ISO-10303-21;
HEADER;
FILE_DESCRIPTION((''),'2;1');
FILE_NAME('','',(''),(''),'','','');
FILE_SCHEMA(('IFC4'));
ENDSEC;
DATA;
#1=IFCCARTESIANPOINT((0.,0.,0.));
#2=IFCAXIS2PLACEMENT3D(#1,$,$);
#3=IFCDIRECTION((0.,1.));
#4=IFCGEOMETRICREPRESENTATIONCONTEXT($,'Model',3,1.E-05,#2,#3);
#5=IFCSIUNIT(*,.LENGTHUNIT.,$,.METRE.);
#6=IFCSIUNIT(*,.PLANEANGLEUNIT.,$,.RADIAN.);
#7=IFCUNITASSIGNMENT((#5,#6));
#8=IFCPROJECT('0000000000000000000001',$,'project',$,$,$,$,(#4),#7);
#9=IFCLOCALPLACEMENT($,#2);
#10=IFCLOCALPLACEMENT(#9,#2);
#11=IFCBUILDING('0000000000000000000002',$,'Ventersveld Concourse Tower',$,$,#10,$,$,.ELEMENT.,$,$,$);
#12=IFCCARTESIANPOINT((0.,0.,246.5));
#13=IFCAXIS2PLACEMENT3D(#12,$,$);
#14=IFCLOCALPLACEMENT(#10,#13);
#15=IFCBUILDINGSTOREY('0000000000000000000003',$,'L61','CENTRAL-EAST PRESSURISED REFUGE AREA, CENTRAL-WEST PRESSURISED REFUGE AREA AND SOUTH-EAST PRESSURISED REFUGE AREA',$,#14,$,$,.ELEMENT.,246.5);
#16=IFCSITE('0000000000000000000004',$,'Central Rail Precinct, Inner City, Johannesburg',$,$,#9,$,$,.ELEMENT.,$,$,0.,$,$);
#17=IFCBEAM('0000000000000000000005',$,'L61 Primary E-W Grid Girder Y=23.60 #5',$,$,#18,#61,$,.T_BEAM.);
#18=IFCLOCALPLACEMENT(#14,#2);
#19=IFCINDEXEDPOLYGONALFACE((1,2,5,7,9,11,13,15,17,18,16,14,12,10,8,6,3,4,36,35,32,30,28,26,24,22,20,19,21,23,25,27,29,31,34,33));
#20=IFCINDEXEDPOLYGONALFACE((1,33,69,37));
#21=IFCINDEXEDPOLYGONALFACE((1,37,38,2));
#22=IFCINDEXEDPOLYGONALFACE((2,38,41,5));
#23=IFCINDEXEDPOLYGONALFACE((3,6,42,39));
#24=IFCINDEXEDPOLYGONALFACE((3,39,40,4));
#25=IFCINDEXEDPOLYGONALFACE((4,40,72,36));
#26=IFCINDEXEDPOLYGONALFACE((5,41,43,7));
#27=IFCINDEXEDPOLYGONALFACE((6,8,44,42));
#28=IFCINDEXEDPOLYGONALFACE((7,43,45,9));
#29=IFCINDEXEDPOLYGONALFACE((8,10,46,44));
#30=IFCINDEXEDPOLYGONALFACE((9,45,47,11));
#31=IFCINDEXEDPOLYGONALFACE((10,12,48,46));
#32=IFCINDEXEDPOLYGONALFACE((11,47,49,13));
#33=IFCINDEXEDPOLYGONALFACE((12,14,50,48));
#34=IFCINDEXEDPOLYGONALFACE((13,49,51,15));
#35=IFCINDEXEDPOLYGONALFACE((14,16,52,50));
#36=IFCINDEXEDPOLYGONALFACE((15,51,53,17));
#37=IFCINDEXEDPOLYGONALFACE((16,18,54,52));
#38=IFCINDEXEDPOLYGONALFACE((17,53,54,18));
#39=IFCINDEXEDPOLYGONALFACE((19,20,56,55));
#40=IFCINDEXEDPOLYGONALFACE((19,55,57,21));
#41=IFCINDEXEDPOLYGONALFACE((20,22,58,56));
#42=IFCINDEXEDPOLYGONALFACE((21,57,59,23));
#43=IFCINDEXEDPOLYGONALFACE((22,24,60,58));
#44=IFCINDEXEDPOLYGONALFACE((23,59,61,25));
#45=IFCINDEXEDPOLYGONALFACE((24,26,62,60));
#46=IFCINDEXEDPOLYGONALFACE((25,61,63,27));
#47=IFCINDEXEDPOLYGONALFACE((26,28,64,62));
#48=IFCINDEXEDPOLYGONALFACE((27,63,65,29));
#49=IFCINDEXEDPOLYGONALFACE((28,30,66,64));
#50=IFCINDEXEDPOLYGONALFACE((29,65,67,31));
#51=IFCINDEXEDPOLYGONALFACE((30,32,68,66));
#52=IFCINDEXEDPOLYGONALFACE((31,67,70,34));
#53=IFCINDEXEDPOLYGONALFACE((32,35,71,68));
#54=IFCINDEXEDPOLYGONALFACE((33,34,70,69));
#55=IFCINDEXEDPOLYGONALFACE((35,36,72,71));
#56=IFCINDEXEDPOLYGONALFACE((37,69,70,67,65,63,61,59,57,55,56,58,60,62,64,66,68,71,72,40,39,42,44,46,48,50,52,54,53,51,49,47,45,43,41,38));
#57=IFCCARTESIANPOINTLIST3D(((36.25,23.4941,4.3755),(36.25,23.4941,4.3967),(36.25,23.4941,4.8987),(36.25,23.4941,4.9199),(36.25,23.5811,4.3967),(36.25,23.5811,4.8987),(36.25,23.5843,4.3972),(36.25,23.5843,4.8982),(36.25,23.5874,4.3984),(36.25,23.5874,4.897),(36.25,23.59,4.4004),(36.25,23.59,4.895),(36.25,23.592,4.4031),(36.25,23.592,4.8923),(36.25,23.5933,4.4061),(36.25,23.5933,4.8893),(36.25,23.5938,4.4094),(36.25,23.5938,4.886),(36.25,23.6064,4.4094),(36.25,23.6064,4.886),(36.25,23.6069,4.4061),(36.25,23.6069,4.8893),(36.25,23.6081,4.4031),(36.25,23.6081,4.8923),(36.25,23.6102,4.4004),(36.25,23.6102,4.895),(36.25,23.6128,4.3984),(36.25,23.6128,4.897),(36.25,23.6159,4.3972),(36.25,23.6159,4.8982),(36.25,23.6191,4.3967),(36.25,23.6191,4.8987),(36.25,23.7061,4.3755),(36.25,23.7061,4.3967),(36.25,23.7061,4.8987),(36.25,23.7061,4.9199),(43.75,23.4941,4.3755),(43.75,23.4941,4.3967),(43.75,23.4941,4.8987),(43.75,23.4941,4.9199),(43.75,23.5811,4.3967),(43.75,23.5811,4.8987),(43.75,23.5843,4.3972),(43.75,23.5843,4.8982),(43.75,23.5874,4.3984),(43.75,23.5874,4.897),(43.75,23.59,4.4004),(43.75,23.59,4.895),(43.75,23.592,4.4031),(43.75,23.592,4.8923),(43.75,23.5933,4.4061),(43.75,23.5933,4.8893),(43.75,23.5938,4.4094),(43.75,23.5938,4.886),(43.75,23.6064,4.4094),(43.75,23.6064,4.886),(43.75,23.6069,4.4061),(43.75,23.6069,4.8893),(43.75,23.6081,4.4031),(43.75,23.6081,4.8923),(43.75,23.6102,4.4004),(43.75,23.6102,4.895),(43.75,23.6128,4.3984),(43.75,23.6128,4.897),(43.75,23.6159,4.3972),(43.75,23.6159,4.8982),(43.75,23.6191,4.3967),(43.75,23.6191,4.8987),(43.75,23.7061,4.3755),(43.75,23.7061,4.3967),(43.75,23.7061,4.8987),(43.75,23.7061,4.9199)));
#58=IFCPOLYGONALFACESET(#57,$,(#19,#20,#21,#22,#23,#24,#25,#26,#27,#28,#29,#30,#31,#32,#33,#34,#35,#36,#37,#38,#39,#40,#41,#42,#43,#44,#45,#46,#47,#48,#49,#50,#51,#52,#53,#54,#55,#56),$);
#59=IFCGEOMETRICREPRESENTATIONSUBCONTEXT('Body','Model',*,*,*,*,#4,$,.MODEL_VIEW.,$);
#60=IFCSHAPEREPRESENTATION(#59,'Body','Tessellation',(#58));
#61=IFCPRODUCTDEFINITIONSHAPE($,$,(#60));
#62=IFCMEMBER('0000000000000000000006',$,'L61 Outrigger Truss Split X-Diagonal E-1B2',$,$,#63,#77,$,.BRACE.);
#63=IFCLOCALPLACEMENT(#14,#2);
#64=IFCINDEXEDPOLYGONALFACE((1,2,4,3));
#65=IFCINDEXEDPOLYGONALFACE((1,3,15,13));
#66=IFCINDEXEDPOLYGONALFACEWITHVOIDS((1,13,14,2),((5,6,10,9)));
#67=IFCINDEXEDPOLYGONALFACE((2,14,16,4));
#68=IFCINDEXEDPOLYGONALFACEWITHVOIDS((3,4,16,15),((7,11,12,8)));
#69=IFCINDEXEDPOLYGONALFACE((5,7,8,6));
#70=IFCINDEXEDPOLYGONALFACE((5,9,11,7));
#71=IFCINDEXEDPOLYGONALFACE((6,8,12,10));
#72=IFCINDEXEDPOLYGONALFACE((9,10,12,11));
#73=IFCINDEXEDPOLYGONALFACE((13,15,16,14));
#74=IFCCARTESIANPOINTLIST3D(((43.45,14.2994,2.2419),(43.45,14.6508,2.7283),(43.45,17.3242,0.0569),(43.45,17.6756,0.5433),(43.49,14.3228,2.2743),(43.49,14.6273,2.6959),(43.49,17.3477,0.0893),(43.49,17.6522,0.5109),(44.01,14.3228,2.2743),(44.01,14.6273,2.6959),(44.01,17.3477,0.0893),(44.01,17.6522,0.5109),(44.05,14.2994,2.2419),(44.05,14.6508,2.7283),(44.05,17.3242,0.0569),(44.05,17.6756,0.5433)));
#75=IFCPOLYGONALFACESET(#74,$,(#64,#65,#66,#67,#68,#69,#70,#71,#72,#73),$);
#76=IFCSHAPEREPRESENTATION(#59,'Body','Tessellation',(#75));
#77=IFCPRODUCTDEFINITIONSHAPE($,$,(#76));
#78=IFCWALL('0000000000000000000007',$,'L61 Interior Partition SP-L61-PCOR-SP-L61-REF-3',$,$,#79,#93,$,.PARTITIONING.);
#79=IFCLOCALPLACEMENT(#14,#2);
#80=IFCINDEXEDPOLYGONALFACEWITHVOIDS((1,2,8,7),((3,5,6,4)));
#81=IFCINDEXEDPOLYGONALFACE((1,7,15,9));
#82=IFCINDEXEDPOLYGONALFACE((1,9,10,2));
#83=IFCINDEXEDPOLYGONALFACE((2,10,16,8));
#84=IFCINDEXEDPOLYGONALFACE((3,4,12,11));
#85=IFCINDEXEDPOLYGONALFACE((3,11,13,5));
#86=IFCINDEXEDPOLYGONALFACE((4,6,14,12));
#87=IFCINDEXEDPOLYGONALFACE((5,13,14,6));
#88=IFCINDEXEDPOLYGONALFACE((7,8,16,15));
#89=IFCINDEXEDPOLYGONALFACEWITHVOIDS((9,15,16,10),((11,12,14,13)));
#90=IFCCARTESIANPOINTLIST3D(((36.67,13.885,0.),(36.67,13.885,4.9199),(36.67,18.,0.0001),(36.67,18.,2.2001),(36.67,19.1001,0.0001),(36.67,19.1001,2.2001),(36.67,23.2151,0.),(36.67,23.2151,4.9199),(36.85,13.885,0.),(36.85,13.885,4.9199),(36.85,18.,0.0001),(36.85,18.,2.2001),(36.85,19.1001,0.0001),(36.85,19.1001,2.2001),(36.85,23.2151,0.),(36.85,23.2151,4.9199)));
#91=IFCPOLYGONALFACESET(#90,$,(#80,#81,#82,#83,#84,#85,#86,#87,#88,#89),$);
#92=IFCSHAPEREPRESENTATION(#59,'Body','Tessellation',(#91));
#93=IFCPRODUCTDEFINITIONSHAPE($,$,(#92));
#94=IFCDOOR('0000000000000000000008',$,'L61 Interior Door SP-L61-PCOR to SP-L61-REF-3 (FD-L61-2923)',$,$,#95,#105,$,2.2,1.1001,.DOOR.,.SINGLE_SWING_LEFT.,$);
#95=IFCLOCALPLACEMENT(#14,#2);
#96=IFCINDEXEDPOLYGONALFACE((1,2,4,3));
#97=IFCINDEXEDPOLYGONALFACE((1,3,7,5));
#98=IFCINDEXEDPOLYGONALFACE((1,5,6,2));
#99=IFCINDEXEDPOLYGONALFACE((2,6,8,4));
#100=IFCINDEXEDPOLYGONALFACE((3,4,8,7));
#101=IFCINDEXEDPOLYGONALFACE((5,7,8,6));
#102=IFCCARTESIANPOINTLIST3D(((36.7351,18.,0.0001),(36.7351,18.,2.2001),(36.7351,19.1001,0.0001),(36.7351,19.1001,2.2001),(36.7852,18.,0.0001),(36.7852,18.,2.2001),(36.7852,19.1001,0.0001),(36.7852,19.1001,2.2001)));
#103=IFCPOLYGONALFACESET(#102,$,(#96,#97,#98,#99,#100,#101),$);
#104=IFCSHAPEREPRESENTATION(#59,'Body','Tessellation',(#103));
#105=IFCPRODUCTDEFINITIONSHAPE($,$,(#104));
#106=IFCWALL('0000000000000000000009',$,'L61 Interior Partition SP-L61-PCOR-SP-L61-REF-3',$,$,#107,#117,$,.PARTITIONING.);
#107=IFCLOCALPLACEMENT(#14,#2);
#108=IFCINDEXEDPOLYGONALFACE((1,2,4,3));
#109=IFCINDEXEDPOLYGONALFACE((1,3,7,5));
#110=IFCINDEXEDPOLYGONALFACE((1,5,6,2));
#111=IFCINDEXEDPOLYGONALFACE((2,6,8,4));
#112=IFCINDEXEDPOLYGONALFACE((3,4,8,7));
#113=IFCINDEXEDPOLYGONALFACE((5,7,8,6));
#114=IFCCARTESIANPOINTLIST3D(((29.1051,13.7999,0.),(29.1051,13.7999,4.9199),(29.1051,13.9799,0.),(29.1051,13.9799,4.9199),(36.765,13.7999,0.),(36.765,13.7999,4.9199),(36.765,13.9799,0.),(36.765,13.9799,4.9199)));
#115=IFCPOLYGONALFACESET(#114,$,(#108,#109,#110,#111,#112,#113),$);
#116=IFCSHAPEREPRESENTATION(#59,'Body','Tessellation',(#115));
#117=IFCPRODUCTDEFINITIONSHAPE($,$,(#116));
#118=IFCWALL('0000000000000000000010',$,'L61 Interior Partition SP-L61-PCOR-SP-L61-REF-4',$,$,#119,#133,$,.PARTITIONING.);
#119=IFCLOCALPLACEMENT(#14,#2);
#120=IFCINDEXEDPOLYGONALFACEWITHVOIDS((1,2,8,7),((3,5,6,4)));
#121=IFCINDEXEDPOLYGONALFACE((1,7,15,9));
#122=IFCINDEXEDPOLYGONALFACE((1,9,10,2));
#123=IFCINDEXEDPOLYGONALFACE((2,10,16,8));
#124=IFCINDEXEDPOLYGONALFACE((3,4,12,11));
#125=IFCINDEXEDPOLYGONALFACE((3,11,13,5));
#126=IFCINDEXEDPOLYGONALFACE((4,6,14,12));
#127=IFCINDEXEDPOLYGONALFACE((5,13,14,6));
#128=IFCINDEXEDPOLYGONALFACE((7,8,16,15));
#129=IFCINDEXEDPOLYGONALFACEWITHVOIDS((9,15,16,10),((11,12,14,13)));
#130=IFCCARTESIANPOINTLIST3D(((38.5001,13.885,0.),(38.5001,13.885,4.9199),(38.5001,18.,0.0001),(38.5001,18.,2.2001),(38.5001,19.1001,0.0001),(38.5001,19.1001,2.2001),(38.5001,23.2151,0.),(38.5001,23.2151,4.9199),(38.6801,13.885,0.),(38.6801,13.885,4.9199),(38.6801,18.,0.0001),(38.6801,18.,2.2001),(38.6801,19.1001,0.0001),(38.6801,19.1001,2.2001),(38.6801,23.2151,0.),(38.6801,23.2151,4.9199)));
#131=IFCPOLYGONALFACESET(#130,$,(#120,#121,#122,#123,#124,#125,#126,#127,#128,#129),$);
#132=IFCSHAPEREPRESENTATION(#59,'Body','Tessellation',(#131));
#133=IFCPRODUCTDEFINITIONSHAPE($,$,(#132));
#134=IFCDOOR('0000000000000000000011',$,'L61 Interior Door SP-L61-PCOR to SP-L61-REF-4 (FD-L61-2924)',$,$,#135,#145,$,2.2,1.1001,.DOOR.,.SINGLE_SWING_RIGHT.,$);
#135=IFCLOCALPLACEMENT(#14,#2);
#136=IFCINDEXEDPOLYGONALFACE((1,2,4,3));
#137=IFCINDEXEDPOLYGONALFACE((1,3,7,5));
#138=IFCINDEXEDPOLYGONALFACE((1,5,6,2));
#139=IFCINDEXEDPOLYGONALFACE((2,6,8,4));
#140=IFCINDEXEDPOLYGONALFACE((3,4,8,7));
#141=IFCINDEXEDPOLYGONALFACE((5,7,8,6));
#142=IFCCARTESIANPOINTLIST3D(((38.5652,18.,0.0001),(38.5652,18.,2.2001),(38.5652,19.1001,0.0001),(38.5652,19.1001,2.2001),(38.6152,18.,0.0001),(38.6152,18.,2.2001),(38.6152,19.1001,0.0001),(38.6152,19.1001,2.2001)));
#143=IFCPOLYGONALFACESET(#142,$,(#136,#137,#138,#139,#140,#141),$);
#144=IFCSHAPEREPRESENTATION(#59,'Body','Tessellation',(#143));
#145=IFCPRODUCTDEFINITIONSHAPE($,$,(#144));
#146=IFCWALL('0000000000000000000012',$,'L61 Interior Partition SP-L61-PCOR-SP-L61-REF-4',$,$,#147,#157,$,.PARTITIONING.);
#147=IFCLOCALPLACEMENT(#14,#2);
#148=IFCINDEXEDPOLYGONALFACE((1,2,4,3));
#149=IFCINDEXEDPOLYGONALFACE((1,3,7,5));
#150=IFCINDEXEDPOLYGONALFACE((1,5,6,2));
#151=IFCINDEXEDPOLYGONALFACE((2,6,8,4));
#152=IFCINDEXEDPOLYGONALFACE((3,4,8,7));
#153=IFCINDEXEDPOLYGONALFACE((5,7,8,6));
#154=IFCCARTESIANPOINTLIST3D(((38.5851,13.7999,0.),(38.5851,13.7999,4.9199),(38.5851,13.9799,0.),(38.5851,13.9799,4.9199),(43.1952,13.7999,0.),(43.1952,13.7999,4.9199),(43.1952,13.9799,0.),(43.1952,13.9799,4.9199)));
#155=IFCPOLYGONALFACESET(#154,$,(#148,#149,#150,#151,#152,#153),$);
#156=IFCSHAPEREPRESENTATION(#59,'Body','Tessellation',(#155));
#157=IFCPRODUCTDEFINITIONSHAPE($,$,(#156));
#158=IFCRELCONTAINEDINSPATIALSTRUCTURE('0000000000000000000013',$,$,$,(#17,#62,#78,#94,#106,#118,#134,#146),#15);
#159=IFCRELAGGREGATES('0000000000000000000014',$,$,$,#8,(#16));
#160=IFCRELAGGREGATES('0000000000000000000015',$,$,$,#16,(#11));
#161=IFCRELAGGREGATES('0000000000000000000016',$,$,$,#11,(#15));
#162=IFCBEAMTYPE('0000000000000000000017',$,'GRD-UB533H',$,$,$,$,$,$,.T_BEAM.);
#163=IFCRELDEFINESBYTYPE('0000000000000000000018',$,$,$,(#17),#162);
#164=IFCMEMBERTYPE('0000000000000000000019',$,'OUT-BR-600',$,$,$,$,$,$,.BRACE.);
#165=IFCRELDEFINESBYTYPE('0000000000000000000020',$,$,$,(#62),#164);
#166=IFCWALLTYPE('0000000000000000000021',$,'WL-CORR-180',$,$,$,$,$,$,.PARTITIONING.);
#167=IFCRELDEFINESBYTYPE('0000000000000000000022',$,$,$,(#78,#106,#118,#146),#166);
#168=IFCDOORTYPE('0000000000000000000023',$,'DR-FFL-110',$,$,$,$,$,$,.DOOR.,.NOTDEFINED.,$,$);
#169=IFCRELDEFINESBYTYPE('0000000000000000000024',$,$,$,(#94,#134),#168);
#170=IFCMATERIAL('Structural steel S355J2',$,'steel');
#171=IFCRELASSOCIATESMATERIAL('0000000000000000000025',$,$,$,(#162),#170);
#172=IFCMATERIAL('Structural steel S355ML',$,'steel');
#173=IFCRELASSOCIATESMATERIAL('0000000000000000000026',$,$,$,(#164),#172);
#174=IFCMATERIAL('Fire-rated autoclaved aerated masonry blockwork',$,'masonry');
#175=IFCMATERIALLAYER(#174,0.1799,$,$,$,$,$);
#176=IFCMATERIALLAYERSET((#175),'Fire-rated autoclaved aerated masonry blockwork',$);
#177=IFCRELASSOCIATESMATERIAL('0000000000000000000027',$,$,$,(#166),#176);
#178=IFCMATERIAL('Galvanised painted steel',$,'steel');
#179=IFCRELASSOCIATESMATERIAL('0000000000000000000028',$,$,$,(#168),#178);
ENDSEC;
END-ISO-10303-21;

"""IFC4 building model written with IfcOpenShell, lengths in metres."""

from ifc_helpers import new_model, si_unit, direction, frame, frame_2d, origin, origin_2d, place, context, subcontext, project, spatial, rectangle, hollow_rectangle, i_section, extrude, material, layer, layer_set, material_profile, profile_set, type_object, element, fill, save


model = new_model("IFC4")

# Units and contexts
model_context = context("Model", 3, precision=1e-05, world=origin(), true_north=direction((0.0, 1.0)))
body_context = subcontext(model_context, "Body", "Model", "MODEL_VIEW")
ifc_project = project(units=[si_unit("LENGTHUNIT", "METRE"), si_unit("PLANEANGLEUNIT", "RADIAN")], contexts=[model_context])

# Site, building, storey
site_placement = place(None, origin())
site = spatial("IfcSite", under=ifc_project, at=site_placement, Name="Central Rail Precinct, Inner City, Johannesburg", CompositionType="ELEMENT", RefElevation=0.0)
building_placement = place(site_placement, origin())
building = spatial("IfcBuilding", under=site, at=building_placement, Name="Ventersveld Concourse Tower", CompositionType="ELEMENT")
storey_placement = place(building_placement, frame((0.0, 0.0, 246.5)))
storey = spatial("IfcBuildingStorey", under=building, at=storey_placement, Name="L61", Description="CENTRAL-EAST PRESSURISED REFUGE AREA, CENTRAL-WEST PRESSURISED REFUGE AREA AND SOUTH-EAST PRESSURISED REFUGE AREA", CompositionType="ELEMENT", Elevation=246.5)

# Beam
ifc_material_1 = material(Name="Structural steel S355J2", Category="steel")
ifc_material_profile_1 = material_profile(ifc_material_1, i_section(OverallWidth=0.2119, OverallDepth=0.5444, WebThickness=0.0127, FlangeThickness=0.0212, FilletRadius=0.0127, at=origin_2d()), Name="UB 533x210x122")
ifc_profile_set_1 = profile_set([ifc_material_profile_1], Name="Structural steel S355J2")
beam_type_1 = type_object("IfcBeamType", Name="GRD-UB533H", PredefinedType="T_BEAM", material=ifc_profile_set_1)
for number, where, z_axis, x_axis, name in (
    (1, (36.25, 23.6001, 4.6477), (1.0, 0.0, 0.0), (0.0, 1.0, 0.0), "L61 Primary E-W Grid Girder Y=23.60 #5"),
):
    element("IfcBeam", number, at=place(storey_placement, frame(where, z_axis=z_axis, x_axis=x_axis)), inside=storey, type_object=beam_type_1, Name=name, PredefinedType="T_BEAM", context=body_context, shape_type="SweptSolid", body=[
        extrude(i_section(OverallWidth=0.2119, OverallDepth=0.5444, WebThickness=0.0127, FlangeThickness=0.0212, FilletRadius=0.0127, at=origin_2d()), origin(), (0.0, 0.0, 1.0), 7.5),
    ])

# Member
ifc_material_2 = material(Name="Structural steel S355ML", Category="steel")
ifc_material_profile_2 = material_profile(ifc_material_2, hollow_rectangle(XDim=0.6001, YDim=0.6001, WallThickness=0.04, at=origin_2d()), Name="BOX 600x600x40")
ifc_profile_set_2 = profile_set([ifc_material_profile_2], Name="Structural steel S355ML")
member_type = type_object("IfcMemberType", Name="OUT-BR-600", PredefinedType="BRACE", material=ifc_profile_set_2)
member_placement = place(storey_placement, frame((43.75, 14.4751, 2.4851), z_axis=(0.0, 0.810627, -0.585562), x_axis=(-1.0, 0.0, 0.0)))
element("IfcMember", 2, at=member_placement, inside=storey, type_object=member_type, Name="L61 Outrigger Truss Split X-Diagonal E-1B2", PredefinedType="BRACE", context=body_context, shape_type="SweptSolid", body=[
    extrude(hollow_rectangle(XDim=0.6001, YDim=0.6001, WallThickness=0.04, at=origin_2d()), origin(), (0.0, 0.0, 1.0), 3.7314),
])

# Wall, opening, door
ifc_material_3 = material(Name="Fire-rated autoclaved aerated masonry blockwork", Category="masonry")
ifc_layer = layer(ifc_material_3, 0.1799)
ifc_layer_set = layer_set([ifc_layer], Name="Fire-rated autoclaved aerated masonry blockwork")
wall_type = type_object("IfcWallType", Name="WL-CORR-180", PredefinedType="PARTITIONING", material=ifc_layer_set)
wall_1_placement = place(storey_placement, frame((36.76, 13.885, 0.0), z_axis=(0.0, 0.0, 1.0), x_axis=(0.0, 1.0, 0.0)))
wall_1 = element("IfcWall", 3, at=wall_1_placement, inside=storey, type_object=wall_type, Name="L61 Interior Partition SP-L61-PCOR-SP-L61-REF-3", PredefinedType="PARTITIONING", context=body_context, shape_type="SweptSolid", body=[
    extrude(rectangle(XDim=9.3301, YDim=0.1799, at=frame_2d((4.665, 0.0))), origin(), (0.0, 0.0, 1.0), 4.9199),
])
opening_1_placement = place(wall_1_placement, frame((4.115, 0.0, 0.0)))
opening_1 = element("IfcOpeningElement", 4, at=opening_1_placement, cuts=wall_1, PredefinedType="OPENING", context=body_context, shape_type="SweptSolid", body=[
    extrude(rectangle(XDim=1.1001, YDim=2.2, at=frame_2d((0.55, 1.1001))), frame((0.0, 0.1001, 0.0), z_axis=(0.0, -1.0, 0.0), x_axis=(1.0, 0.0, 0.0)), (0.0, 0.0, 1.0), 0.2),
])
ifc_material_4 = material(Name="Galvanised painted steel", Category="steel")
door_type = type_object("IfcDoorType", Name="DR-FFL-110", OperationType="NOTDEFINED", PredefinedType="DOOR", material=ifc_material_4)
door_1_placement = place(opening_1_placement, origin())
door_1 = element("IfcDoor", 5, at=door_1_placement, inside=storey, type_object=door_type, Name="L61 Interior Door SP-L61-PCOR to SP-L61-REF-3 (FD-L61-2923)", OperationType="SINGLE_SWING_LEFT", OverallHeight=2.2, OverallWidth=1.1001, PredefinedType="DOOR", context=body_context, shape_type="SweptSolid", body=[
    extrude(rectangle(XDim=1.1001, YDim=2.2, at=frame_2d((0.55, 1.1001))), frame((0.0, 0.0249, 0.0), z_axis=(0.0, -1.0, 0.0), x_axis=(1.0, 0.0, 0.0)), (0.0, 0.0, 1.0), 0.05),
])
fill(opening_1, door_1)

# Wall
wall_2_placement = place(storey_placement, frame((29.105, 13.8899, 0.0), z_axis=(0.0, 0.0, 1.0), x_axis=(1.0, 0.0, 0.0)))
element("IfcWall", 6, at=wall_2_placement, inside=storey, type_object=wall_type, Name="L61 Interior Partition SP-L61-PCOR-SP-L61-REF-3", PredefinedType="PARTITIONING", context=body_context, shape_type="SweptSolid", body=[
    extrude(rectangle(XDim=7.6599, YDim=0.1799, at=frame_2d((3.8301, 0.0))), origin(), (0.0, 0.0, 1.0), 4.9199),
])

# Wall, opening, door
wall_3_placement = place(storey_placement, frame((38.5901, 13.885, 0.0), z_axis=(0.0, 0.0, 1.0), x_axis=(0.0, 1.0, 0.0)))
wall_3 = element("IfcWall", 7, at=wall_3_placement, inside=storey, type_object=wall_type, Name="L61 Interior Partition SP-L61-PCOR-SP-L61-REF-4", PredefinedType="PARTITIONING", context=body_context, shape_type="SweptSolid", body=[
    extrude(rectangle(XDim=9.3301, YDim=0.1799, at=frame_2d((4.665, 0.0))), origin(), (0.0, 0.0, 1.0), 4.9199),
])
opening_2_placement = place(wall_3_placement, frame((4.115, 0.0, 0.0)))
opening_2 = element("IfcOpeningElement", 8, at=opening_2_placement, cuts=wall_3, PredefinedType="OPENING", context=body_context, shape_type="SweptSolid", body=[
    extrude(rectangle(XDim=1.1001, YDim=2.2, at=frame_2d((0.55, 1.1001))), frame((0.0, 0.1001, 0.0), z_axis=(0.0, -1.0, 0.0), x_axis=(1.0, 0.0, 0.0)), (0.0, 0.0, 1.0), 0.2),
])
door_2_placement = place(opening_2_placement, origin())
door_2 = element("IfcDoor", 9, at=door_2_placement, inside=storey, type_object=door_type, Name="L61 Interior Door SP-L61-PCOR to SP-L61-REF-4 (FD-L61-2924)", OperationType="SINGLE_SWING_RIGHT", OverallHeight=2.2, OverallWidth=1.1001, PredefinedType="DOOR", context=body_context, shape_type="SweptSolid", body=[
    extrude(rectangle(XDim=1.1001, YDim=2.2, at=frame_2d((0.55, 1.1001))), frame((0.0, 0.0249, 0.0), z_axis=(0.0, -1.0, 0.0), x_axis=(1.0, 0.0, 0.0)), (0.0, 0.0, 1.0), 0.05),
])
fill(opening_2, door_2)

# Wall
wall_4_placement = place(storey_placement, frame((38.585, 13.8899, 0.0), z_axis=(0.0, 0.0, 1.0), x_axis=(1.0, 0.0, 0.0)))
element("IfcWall", 10, at=wall_4_placement, inside=storey, type_object=wall_type, Name="L61 Interior Partition SP-L61-PCOR-SP-L61-REF-4", PredefinedType="PARTITIONING", context=body_context, shape_type="SweptSolid", body=[
    extrude(rectangle(XDim=4.6101, YDim=0.1799, at=frame_2d((2.3052, 0.0))), origin(), (0.0, 0.0, 1.0), 4.9199),
])

save(model, "model.ifc")
